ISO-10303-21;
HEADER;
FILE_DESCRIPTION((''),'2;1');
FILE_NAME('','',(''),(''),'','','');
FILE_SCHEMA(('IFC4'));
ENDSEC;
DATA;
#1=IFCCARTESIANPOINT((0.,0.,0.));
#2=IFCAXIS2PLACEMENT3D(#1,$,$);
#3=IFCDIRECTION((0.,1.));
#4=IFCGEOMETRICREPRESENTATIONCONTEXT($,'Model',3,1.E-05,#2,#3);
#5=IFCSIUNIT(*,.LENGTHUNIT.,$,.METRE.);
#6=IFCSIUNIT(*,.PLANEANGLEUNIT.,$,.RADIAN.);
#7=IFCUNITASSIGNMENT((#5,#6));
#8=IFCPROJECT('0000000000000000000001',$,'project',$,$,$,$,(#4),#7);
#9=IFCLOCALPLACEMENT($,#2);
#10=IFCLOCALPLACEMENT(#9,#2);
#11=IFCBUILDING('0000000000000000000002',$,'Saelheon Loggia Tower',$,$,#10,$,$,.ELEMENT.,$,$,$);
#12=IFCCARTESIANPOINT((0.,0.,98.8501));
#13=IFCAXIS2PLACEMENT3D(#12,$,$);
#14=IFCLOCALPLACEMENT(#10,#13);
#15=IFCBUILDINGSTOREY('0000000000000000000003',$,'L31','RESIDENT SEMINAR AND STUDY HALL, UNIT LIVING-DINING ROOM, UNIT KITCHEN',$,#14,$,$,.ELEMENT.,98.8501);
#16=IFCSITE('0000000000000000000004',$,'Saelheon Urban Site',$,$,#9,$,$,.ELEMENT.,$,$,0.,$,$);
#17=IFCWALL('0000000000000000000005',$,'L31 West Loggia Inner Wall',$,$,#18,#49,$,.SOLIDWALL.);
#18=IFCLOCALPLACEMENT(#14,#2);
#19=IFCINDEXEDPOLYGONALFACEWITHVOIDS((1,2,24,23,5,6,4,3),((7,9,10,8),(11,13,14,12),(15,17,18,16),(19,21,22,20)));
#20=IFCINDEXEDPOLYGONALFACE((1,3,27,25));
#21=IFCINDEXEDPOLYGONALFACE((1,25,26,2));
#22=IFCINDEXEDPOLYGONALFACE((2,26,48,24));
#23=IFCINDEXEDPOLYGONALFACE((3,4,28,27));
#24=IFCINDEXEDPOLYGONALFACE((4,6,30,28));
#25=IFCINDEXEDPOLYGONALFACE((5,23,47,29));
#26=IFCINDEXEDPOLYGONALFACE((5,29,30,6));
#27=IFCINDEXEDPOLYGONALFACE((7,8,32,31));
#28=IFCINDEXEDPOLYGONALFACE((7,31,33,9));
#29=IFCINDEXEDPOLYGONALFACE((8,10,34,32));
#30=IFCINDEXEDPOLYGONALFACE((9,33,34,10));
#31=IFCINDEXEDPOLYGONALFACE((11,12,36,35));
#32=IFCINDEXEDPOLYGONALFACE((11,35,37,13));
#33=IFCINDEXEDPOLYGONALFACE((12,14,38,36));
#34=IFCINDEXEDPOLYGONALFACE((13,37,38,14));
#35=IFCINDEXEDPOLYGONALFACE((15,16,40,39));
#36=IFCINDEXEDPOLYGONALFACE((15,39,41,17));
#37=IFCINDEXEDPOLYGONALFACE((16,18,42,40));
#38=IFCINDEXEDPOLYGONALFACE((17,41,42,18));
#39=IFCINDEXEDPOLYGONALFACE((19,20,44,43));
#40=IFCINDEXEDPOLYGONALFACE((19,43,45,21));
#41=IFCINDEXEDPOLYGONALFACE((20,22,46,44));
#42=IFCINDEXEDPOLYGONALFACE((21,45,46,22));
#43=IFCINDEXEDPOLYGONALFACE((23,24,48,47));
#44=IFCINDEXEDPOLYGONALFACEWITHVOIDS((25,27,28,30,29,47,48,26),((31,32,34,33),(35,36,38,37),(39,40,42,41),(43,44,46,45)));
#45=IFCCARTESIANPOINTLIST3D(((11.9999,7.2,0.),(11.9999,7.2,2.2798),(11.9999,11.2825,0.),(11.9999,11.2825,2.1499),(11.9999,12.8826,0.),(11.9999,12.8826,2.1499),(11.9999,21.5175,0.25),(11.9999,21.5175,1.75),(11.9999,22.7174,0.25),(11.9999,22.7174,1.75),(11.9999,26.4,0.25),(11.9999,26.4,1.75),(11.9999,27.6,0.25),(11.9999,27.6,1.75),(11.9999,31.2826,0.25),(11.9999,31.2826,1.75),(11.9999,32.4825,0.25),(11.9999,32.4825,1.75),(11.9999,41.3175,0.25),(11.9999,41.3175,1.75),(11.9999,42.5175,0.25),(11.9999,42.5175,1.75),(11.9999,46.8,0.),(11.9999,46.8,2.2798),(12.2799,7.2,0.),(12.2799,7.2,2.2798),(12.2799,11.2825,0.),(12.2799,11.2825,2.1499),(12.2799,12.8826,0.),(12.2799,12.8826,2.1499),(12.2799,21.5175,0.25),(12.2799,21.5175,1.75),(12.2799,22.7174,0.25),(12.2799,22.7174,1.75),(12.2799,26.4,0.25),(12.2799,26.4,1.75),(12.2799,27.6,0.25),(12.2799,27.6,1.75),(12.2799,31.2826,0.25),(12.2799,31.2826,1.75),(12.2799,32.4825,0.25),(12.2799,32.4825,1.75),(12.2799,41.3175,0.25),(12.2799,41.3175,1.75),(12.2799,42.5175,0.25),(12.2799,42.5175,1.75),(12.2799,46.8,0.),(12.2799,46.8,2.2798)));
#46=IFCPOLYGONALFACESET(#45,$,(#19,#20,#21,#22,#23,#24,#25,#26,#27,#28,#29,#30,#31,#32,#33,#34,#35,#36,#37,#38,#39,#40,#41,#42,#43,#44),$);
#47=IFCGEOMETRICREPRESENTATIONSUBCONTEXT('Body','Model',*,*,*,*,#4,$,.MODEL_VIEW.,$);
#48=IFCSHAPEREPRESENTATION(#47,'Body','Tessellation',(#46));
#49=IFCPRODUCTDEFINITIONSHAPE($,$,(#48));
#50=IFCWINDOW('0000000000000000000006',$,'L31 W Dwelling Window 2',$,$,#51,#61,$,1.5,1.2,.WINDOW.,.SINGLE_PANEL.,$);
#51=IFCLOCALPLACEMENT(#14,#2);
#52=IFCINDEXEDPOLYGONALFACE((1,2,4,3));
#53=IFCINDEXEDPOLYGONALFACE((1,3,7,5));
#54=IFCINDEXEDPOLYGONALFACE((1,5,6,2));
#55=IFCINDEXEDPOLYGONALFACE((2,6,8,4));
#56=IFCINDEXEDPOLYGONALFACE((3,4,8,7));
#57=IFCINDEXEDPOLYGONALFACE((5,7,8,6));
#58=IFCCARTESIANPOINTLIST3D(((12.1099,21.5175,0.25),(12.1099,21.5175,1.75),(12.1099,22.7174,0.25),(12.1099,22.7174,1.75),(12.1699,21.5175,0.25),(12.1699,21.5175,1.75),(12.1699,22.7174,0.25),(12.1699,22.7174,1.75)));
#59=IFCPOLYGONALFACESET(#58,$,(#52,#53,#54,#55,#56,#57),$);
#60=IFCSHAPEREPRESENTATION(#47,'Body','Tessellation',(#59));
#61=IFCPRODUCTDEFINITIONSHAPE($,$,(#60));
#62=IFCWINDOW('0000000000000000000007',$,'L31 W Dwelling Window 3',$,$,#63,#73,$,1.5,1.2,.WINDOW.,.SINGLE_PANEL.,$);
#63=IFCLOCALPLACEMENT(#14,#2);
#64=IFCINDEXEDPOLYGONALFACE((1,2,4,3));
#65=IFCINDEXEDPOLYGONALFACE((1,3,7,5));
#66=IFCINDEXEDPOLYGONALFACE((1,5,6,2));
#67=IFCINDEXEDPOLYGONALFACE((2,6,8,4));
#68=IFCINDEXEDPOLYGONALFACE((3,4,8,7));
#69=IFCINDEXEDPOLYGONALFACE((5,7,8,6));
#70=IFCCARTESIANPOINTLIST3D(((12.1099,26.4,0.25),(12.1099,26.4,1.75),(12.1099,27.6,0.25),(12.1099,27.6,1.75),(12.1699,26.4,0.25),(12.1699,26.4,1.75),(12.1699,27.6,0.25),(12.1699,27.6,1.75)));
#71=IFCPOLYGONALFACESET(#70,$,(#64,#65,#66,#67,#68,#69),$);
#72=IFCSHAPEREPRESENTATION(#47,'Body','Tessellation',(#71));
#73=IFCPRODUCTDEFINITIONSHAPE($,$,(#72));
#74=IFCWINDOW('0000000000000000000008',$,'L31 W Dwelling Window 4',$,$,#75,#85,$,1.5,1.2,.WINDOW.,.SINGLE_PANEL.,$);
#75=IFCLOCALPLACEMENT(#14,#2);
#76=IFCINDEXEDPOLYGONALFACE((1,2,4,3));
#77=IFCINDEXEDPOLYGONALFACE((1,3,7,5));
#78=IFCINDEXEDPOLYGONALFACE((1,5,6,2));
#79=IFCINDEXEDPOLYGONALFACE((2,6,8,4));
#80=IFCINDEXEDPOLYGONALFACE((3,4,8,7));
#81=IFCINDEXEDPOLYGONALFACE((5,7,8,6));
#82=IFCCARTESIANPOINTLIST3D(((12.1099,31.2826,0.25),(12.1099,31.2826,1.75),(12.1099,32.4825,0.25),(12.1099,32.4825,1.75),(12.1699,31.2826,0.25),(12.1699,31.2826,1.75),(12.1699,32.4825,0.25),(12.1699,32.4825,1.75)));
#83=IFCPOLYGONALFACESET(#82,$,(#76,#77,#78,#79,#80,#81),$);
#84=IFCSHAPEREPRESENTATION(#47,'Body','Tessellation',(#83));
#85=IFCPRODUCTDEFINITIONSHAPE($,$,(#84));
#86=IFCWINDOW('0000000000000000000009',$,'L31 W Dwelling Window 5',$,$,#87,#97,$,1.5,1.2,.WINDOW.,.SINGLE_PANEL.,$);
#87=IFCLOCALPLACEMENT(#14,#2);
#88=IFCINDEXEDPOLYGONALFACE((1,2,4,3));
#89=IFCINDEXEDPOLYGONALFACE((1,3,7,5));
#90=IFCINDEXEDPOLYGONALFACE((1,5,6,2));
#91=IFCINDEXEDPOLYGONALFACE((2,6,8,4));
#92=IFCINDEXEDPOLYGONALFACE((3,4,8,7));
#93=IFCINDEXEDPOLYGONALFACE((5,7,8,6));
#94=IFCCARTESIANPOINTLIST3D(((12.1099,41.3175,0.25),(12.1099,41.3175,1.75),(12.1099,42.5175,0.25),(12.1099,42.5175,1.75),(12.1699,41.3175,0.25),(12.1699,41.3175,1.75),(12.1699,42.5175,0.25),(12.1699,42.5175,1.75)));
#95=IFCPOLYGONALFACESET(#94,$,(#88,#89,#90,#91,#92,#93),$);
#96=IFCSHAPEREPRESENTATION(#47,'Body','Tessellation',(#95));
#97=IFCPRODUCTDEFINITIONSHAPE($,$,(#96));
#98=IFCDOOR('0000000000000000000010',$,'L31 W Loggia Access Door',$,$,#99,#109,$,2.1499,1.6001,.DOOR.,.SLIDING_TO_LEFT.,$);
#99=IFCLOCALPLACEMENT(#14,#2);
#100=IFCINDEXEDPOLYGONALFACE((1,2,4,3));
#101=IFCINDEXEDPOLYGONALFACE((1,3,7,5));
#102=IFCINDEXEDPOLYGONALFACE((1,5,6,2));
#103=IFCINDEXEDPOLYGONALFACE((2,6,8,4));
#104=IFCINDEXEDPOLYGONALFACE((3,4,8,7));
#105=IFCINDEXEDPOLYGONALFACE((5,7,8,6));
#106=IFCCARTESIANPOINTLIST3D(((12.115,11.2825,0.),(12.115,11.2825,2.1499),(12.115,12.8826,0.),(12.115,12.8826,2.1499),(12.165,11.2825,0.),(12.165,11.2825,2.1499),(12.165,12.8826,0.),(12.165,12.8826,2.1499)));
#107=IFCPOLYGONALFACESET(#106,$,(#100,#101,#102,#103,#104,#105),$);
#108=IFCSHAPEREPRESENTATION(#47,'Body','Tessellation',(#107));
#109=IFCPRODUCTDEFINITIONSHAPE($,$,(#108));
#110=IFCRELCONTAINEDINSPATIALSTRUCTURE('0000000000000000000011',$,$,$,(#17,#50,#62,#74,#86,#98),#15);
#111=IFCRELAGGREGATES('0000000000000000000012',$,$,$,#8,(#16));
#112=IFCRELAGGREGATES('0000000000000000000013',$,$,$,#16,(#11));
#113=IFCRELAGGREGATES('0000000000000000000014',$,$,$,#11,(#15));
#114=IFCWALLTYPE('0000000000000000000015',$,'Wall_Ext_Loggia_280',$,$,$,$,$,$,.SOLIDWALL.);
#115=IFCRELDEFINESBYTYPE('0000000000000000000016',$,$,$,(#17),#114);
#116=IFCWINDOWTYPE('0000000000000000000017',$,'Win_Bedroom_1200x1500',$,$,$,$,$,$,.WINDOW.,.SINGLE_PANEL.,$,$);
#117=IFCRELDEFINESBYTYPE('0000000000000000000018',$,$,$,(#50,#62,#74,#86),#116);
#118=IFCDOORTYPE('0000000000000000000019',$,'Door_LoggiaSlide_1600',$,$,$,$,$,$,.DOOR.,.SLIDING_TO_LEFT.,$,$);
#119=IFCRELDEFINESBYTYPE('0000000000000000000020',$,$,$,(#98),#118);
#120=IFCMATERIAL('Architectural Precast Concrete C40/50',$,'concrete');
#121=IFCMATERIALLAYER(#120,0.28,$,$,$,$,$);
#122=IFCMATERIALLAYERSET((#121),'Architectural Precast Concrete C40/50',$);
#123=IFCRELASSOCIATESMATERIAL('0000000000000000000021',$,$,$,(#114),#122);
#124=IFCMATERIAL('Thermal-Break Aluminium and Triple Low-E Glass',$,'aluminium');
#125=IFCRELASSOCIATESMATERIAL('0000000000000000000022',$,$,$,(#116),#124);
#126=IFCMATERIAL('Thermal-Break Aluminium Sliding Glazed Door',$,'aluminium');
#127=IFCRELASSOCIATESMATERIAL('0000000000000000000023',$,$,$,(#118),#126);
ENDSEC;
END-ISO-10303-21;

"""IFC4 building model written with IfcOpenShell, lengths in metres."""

from ifc_helpers import new_model, si_unit, direction, frame, frame_2d, origin, place, context, subcontext, project, spatial, rectangle, extrude, source, transform, mapped, material, layer, layer_set, type_object, element, fill, save


model = new_model("IFC4")

# Units and contexts
model_context = context("Model", 3, precision=1e-05, world=origin(), true_north=direction((0.0, 1.0)))
body_context = subcontext(model_context, "Body", "Model", "MODEL_VIEW")
ifc_project = project(units=[si_unit("LENGTHUNIT", "METRE"), si_unit("PLANEANGLEUNIT", "RADIAN")], contexts=[model_context])

# Site, building, storey
site_placement = place(None, origin())
site = spatial("IfcSite", under=ifc_project, at=site_placement, Name="Saelheon Urban Site", CompositionType="ELEMENT", RefElevation=0.0)
building_placement = place(site_placement, origin())
building = spatial("IfcBuilding", under=site, at=building_placement, Name="Saelheon Loggia Tower", CompositionType="ELEMENT")
storey_placement = place(building_placement, frame((0.0, 0.0, 98.8501)))
storey = spatial("IfcBuildingStorey", under=building, at=storey_placement, Name="L31", Description="RESIDENT SEMINAR AND STUDY HALL, UNIT LIVING-DINING ROOM, UNIT KITCHEN", CompositionType="ELEMENT", Elevation=98.8501)

# Shared definitions
ifc_material_1 = material(Name="Thermal-Break Aluminium and Triple Low-E Glass", Category="aluminium")

# Wall, openings, windows, door
ifc_material_2 = material(Name="Architectural Precast Concrete C40/50", Category="concrete")
ifc_layer_1 = layer(ifc_material_2, 0.28)
ifc_layer_set_1 = layer_set([ifc_layer_1], Name="Architectural Precast Concrete C40/50")
wall_type = type_object("IfcWallType", Name="Wall_Ext_Loggia_280", PredefinedType="SOLIDWALL", material=ifc_layer_set_1)
wall_placement = place(storey_placement, frame((12.1399, 7.2, 0.0), z_axis=(0.0, 0.0, 1.0), x_axis=(0.0, 1.0, 0.0)))
wall = element("IfcWall", 1, at=wall_placement, inside=storey, type_object=wall_type, Name="L31 West Loggia Inner Wall", PredefinedType="SOLIDWALL", context=body_context, shape_type="SweptSolid", body=[
    extrude(rectangle(XDim=39.6001, YDim=0.28, at=frame_2d((19.8, 0.0))), origin(), (0.0, 0.0, 1.0), 2.2798),
])
opening_1_placement = place(wall_placement, frame((4.0825, 0.0, 0.0)))
opening_1 = element("IfcOpeningElement", 2, at=opening_1_placement, cuts=wall, PredefinedType="OPENING", context=body_context, shape_type="SweptSolid", body=[
    extrude(rectangle(XDim=1.6001, YDim=2.1499, at=frame_2d((0.8, 1.075))), frame((0.0, 0.1521, 0.0), z_axis=(0.0, -1.0, 0.0), x_axis=(1.0, 0.0, 0.0)), (0.0, 0.0, 1.0), 0.304),
])
opening_2_placement = place(wall_placement, frame((14.3174, 0.0, 0.25)))
opening_2 = element("IfcOpeningElement", 3, at=opening_2_placement, cuts=wall, PredefinedType="OPENING", context=body_context, shape_type="SweptSolid", body=[
    extrude(rectangle(XDim=1.2, YDim=1.5, at=frame_2d((0.6001, 0.75))), frame((0.0, 0.1521, 0.0), z_axis=(0.0, -1.0, 0.0), x_axis=(1.0, 0.0, 0.0)), (0.0, 0.0, 1.0), 0.304),
])
opening_3_placement = place(wall_placement, frame((19.2, 0.0, 0.25)))
opening_3 = element("IfcOpeningElement", 4, at=opening_3_placement, cuts=wall, PredefinedType="OPENING", context=body_context, shape_type="SweptSolid", body=[
    extrude(rectangle(XDim=1.2, YDim=1.5, at=frame_2d((0.6001, 0.75))), frame((0.0, 0.1521, 0.0), z_axis=(0.0, -1.0, 0.0), x_axis=(1.0, 0.0, 0.0)), (0.0, 0.0, 1.0), 0.304),
])
opening_4_placement = place(wall_placement, frame((24.0825, 0.0, 0.25)))
opening_4 = element("IfcOpeningElement", 5, at=opening_4_placement, cuts=wall, PredefinedType="OPENING", context=body_context, shape_type="SweptSolid", body=[
    extrude(rectangle(XDim=1.2, YDim=1.5, at=frame_2d((0.6001, 0.75))), frame((0.0, 0.1521, 0.0), z_axis=(0.0, -1.0, 0.0), x_axis=(1.0, 0.0, 0.0)), (0.0, 0.0, 1.0), 0.304),
])
opening_5_placement = place(wall_placement, frame((34.1174, 0.0, 0.25)))
opening_5 = element("IfcOpeningElement", 6, at=opening_5_placement, cuts=wall, PredefinedType="OPENING", context=body_context, shape_type="SweptSolid", body=[
    extrude(rectangle(XDim=1.2, YDim=1.5, at=frame_2d((0.6001, 0.75))), frame((0.0, 0.1521, 0.0), z_axis=(0.0, -1.0, 0.0), x_axis=(1.0, 0.0, 0.0)), (0.0, 0.0, 1.0), 0.304),
])
window_type = type_object("IfcWindowType", Name="Win_Bedroom_1200x1500", PartitioningType="SINGLE_PANEL", PredefinedType="WINDOW", material=ifc_material_1)
shared_shape_1 = source(origin(), body_context, "Body", "SweptSolid", [
    extrude(rectangle(XDim=1.2, YDim=1.5, at=frame_2d((0.6001, 0.75))), frame((0.0, 0.03, 0.0), z_axis=(0.0, -1.0, 0.0), x_axis=(1.0, 0.0, 0.0)), (0.0, 0.0, 1.0), 0.0601),
])
window_1_placement = place(opening_2_placement, origin())
window_1 = element("IfcWindow", 7, at=window_1_placement, inside=storey, type_object=window_type, Name="L31 W Dwelling Window 2", OverallHeight=1.5, OverallWidth=1.2, PartitioningType="SINGLE_PANEL", PredefinedType="WINDOW", context=body_context, shape_type="MappedRepresentation", body=[
    mapped(shared_shape_1, transform((0.0, 0.0, 0.0), scale=1.0)),
])
fill(opening_2, window_1)
window_2_placement = place(opening_3_placement, origin())
window_2 = element("IfcWindow", 8, at=window_2_placement, inside=storey, type_object=window_type, Name="L31 W Dwelling Window 3", OverallHeight=1.5, OverallWidth=1.2, PartitioningType="SINGLE_PANEL", PredefinedType="WINDOW", context=body_context, shape_type="MappedRepresentation", body=[
    mapped(shared_shape_1, transform((0.0, 0.0, 0.0), scale=1.0)),
])
fill(opening_3, window_2)
window_3_placement = place(opening_4_placement, origin())
window_3 = element("IfcWindow", 9, at=window_3_placement, inside=storey, type_object=window_type, Name="L31 W Dwelling Window 4", OverallHeight=1.5, OverallWidth=1.2, PartitioningType="SINGLE_PANEL", PredefinedType="WINDOW", context=body_context, shape_type="MappedRepresentation", body=[
    mapped(shared_shape_1, transform((0.0, 0.0, 0.0), scale=1.0)),
])
fill(opening_4, window_3)
window_4_placement = place(opening_5_placement, origin())
window_4 = element("IfcWindow", 10, at=window_4_placement, inside=storey, type_object=window_type, Name="L31 W Dwelling Window 5", OverallHeight=1.5, OverallWidth=1.2, PartitioningType="SINGLE_PANEL", PredefinedType="WINDOW", context=body_context, shape_type="MappedRepresentation", body=[
    mapped(shared_shape_1, transform((0.0, 0.0, 0.0), scale=1.0)),
])
fill(opening_5, window_4)
ifc_material_3 = material(Name="Thermal-Break Aluminium Sliding Glazed Door", Category="aluminium")
door_type = type_object("IfcDoorType", Name="Door_LoggiaSlide_1600", OperationType="SLIDING_TO_LEFT", PredefinedType="DOOR", material=ifc_material_3)
shared_shape_2 = source(origin(), body_context, "Body", "SweptSolid", [
    extrude(rectangle(XDim=1.6001, YDim=2.1499, at=frame_2d((0.8, 1.075))), frame((0.0, 0.0249, 0.0), z_axis=(0.0, -1.0, 0.0), x_axis=(1.0, 0.0, 0.0)), (0.0, 0.0, 1.0), 0.05),
])
door_placement = place(opening_1_placement, origin())
door = element("IfcDoor", 11, at=door_placement, inside=storey, type_object=door_type, Name="L31 W Loggia Access Door", OperationType="SLIDING_TO_LEFT", OverallHeight=2.1499, OverallWidth=1.6001, PredefinedType="DOOR", context=body_context, shape_type="MappedRepresentation", body=[
    mapped(shared_shape_2, transform((0.0, 0.0, 0.0), scale=1.0)),
])
fill(opening_1, door)

save(model, "model.ifc")
